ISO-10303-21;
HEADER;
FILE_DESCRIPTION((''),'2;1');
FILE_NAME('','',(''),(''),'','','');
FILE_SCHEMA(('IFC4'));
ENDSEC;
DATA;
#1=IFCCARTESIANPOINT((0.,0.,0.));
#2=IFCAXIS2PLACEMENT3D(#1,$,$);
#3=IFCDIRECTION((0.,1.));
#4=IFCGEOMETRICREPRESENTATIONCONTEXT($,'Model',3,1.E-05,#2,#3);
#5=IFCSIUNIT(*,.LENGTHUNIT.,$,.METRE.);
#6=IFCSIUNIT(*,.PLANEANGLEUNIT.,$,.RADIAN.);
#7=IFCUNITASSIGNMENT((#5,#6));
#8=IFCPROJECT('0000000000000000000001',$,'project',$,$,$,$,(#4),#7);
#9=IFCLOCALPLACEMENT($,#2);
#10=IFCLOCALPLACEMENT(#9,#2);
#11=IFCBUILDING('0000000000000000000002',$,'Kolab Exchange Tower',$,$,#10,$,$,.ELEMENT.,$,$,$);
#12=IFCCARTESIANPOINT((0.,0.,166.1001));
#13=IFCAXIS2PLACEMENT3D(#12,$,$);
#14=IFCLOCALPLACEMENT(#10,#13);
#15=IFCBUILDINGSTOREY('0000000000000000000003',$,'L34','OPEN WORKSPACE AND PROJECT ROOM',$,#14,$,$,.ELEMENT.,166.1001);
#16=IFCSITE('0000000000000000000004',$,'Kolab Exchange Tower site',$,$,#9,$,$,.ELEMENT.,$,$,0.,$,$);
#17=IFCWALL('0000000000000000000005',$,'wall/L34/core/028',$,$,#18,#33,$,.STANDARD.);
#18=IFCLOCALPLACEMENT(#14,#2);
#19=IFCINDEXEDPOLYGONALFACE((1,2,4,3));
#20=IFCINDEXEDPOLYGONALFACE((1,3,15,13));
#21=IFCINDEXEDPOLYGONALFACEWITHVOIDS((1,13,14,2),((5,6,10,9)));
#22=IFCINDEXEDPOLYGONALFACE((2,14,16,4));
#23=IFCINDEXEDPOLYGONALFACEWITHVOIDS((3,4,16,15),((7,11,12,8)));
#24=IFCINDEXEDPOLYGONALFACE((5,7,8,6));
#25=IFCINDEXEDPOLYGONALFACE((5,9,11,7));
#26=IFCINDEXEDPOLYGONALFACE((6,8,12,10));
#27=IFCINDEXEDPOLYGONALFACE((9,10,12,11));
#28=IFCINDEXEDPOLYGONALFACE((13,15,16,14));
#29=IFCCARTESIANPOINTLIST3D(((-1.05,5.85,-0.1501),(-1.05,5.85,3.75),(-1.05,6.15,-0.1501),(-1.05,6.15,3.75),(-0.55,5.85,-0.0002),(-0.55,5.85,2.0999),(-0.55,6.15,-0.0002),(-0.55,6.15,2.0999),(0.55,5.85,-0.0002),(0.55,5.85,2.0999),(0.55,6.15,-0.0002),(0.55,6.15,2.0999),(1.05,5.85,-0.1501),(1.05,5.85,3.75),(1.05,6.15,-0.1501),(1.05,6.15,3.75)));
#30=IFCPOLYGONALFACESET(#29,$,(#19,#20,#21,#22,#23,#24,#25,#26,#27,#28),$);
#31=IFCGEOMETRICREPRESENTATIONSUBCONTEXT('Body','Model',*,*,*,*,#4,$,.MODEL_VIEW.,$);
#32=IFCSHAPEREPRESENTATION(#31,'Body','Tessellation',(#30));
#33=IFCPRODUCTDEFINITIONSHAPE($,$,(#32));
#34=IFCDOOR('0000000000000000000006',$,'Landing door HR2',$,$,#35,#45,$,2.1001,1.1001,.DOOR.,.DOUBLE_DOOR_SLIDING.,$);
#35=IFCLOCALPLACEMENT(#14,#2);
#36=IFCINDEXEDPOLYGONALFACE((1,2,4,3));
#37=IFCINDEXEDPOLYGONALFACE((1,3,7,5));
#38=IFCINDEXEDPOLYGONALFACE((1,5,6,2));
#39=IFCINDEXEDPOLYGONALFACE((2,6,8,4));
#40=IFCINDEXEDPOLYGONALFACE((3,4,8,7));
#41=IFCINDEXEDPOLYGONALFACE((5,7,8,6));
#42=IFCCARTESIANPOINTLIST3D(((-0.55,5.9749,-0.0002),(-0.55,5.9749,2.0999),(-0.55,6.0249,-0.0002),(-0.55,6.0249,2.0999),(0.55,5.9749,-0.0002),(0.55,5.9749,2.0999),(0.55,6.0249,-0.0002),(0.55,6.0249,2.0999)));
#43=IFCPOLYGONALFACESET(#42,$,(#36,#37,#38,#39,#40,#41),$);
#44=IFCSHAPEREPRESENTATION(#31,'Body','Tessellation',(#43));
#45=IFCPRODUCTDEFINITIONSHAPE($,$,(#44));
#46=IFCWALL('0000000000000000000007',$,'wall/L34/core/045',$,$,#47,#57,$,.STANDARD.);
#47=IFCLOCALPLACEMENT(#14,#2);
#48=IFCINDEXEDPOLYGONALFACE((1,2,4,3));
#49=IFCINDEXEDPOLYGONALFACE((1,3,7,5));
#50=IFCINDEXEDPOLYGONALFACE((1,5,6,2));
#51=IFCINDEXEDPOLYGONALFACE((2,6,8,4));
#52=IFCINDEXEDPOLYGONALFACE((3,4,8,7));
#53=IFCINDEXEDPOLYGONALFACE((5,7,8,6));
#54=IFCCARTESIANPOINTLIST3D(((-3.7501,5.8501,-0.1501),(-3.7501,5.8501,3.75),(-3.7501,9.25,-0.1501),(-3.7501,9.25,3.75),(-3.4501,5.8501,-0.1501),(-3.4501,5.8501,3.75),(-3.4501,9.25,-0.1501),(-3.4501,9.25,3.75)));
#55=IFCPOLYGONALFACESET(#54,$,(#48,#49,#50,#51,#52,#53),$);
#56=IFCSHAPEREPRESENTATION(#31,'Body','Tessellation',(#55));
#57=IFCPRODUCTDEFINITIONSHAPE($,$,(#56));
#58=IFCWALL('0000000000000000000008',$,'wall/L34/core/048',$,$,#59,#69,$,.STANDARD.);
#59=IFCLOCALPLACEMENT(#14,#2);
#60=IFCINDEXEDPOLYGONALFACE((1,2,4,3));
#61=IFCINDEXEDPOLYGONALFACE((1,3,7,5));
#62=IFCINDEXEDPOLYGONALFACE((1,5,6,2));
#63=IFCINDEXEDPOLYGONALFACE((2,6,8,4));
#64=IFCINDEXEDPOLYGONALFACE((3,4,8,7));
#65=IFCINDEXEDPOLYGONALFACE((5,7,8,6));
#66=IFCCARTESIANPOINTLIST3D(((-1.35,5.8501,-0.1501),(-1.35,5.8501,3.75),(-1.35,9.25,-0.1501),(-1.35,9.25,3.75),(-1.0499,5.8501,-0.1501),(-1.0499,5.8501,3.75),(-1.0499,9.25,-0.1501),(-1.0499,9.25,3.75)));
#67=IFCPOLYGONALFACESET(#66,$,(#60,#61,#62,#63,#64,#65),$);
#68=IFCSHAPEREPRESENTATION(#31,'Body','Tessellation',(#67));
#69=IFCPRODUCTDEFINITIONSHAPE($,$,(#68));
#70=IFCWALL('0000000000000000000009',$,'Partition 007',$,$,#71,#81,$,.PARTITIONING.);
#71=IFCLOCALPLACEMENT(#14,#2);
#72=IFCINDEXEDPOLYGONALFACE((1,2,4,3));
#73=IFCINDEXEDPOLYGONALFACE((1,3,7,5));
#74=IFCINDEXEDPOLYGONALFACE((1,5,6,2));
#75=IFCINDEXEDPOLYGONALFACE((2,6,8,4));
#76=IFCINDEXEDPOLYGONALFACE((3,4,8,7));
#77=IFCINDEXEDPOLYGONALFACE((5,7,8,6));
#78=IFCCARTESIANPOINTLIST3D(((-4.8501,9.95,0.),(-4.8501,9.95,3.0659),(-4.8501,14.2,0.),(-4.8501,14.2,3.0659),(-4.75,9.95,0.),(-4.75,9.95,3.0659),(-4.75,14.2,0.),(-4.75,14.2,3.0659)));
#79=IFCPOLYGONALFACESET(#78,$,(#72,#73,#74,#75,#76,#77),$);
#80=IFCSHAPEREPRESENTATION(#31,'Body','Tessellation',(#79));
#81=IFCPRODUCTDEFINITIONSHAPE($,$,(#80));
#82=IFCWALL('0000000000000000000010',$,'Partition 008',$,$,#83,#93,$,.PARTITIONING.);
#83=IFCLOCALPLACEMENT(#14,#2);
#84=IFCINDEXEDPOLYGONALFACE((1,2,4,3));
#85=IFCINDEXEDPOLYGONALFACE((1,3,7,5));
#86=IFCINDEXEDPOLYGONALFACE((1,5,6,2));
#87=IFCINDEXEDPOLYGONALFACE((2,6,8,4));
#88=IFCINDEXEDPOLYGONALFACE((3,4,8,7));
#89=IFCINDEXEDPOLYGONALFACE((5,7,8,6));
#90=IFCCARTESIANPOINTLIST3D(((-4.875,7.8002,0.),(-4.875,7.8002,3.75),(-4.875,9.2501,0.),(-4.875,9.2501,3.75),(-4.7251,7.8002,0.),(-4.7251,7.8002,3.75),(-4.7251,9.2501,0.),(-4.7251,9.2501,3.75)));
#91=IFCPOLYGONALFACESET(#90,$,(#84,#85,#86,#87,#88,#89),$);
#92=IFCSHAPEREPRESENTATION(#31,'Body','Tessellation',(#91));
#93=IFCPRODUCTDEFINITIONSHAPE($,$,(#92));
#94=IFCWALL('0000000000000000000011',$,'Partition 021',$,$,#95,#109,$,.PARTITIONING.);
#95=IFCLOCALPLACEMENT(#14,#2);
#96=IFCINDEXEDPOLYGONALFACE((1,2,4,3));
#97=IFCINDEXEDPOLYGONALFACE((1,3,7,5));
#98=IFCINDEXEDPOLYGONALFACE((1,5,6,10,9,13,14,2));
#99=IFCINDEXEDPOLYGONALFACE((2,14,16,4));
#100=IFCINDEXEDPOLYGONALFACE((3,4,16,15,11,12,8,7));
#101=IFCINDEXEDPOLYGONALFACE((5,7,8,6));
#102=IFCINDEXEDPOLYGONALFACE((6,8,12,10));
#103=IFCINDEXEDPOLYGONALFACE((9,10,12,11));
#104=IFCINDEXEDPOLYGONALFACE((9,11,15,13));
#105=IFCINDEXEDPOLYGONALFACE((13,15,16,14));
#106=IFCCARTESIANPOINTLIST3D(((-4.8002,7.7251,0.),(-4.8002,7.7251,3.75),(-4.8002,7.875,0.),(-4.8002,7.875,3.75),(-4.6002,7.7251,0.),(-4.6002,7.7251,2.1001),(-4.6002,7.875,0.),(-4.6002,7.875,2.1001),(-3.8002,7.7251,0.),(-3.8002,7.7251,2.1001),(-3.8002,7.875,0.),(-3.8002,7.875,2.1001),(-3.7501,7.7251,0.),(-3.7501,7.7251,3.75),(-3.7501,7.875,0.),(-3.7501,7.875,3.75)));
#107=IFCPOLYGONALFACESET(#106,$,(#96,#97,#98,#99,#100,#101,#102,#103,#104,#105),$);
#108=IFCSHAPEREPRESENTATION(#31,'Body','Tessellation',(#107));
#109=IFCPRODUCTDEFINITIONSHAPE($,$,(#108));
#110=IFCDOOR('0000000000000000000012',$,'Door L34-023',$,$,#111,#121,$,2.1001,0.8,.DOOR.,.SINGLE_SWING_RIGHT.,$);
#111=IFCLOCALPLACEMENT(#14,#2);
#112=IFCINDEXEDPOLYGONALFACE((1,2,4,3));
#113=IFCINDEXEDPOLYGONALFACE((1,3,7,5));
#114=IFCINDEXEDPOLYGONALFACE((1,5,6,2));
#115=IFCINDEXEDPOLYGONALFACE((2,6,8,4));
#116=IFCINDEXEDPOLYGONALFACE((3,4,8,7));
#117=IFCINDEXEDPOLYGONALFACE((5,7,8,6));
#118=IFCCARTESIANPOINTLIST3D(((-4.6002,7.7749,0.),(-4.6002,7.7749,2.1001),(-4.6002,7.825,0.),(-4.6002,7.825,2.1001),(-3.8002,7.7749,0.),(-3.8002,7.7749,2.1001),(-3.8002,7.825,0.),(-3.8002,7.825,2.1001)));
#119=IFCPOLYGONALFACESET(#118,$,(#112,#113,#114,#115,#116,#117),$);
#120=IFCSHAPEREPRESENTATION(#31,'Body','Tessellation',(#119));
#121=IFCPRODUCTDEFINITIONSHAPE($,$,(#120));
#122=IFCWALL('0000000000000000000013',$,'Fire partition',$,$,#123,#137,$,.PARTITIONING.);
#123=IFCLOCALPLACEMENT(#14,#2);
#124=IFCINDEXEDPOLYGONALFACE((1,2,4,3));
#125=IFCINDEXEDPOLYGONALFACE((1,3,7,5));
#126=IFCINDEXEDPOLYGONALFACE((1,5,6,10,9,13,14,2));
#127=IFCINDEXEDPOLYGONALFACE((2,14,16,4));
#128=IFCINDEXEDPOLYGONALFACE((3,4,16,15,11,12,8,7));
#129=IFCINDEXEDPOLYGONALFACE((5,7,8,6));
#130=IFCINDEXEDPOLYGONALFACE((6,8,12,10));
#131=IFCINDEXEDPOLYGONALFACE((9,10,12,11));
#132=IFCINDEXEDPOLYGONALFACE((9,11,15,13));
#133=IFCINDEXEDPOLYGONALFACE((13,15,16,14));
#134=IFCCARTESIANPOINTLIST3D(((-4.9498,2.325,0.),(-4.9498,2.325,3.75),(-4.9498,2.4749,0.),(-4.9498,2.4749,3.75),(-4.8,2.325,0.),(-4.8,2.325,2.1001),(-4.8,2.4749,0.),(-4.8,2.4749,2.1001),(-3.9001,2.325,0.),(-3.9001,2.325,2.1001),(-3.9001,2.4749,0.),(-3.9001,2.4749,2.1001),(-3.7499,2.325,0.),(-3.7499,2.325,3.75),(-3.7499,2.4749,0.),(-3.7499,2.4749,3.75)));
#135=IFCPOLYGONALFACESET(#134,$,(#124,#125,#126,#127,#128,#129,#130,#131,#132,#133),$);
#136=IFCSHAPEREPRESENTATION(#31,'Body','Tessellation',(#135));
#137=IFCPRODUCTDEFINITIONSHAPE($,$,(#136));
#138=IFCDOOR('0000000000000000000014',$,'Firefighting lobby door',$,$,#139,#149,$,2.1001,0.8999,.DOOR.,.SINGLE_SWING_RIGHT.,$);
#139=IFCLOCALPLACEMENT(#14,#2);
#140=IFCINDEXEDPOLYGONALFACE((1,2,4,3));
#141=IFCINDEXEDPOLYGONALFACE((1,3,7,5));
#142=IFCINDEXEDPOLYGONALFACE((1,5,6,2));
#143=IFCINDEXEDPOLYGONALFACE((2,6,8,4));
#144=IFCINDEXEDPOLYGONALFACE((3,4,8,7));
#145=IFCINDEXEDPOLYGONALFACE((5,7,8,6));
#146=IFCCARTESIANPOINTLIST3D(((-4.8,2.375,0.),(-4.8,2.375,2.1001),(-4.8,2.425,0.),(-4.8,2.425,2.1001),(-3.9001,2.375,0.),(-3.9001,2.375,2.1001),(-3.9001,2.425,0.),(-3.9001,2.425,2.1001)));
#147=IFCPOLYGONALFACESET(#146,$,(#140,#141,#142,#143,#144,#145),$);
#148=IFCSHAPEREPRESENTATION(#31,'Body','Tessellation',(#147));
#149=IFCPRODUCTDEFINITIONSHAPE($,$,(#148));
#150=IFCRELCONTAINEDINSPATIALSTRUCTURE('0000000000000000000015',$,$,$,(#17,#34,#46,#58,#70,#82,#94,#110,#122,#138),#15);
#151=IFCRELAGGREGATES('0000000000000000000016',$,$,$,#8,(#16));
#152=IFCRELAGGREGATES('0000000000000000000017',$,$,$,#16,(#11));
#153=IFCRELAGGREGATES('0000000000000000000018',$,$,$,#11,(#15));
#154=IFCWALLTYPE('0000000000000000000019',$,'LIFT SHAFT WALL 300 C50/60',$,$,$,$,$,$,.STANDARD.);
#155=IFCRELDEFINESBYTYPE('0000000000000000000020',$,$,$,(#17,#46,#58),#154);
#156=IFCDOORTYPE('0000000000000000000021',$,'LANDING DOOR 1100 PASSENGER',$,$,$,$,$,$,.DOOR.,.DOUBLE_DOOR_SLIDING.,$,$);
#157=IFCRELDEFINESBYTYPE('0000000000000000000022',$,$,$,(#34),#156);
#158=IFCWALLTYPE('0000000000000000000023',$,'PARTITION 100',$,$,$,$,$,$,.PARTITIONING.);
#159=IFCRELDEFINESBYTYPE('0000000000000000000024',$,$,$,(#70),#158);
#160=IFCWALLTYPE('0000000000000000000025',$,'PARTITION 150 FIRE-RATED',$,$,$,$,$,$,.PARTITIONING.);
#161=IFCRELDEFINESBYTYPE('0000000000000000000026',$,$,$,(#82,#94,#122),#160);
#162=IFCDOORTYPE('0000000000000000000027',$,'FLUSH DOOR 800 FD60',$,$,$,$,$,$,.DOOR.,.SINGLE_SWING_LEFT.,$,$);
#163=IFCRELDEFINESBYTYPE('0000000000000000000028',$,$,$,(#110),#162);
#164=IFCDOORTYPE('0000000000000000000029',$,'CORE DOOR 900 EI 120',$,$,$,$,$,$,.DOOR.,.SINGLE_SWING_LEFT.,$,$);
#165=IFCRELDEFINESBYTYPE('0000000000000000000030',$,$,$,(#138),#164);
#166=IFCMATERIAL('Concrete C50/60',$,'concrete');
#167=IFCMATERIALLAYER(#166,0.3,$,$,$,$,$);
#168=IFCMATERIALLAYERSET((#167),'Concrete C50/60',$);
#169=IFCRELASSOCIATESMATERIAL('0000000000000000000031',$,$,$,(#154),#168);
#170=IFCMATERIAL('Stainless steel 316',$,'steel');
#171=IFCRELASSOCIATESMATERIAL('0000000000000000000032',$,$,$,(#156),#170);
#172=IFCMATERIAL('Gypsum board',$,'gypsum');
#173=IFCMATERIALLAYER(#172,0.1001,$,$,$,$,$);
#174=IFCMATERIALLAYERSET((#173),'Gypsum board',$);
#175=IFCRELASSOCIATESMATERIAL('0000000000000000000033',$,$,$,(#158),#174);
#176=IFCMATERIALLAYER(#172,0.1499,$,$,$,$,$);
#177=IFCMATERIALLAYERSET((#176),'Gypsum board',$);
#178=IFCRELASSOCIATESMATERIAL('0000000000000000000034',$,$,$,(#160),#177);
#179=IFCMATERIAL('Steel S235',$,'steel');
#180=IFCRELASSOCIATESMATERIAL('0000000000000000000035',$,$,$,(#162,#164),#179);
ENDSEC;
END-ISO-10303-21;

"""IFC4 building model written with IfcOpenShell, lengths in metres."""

from ifc_helpers import new_model, si_unit, direction, frame, frame_2d, origin, place, context, subcontext, project, spatial, rectangle, extrude, material, layer, layer_set, type_object, element, fill, save


model = new_model("IFC4")

# Units and contexts
model_context = context("Model", 3, precision=1e-05, world=origin(), true_north=direction((0.0, 1.0)))
body_context = subcontext(model_context, "Body", "Model", "MODEL_VIEW")
ifc_project = project(units=[si_unit("LENGTHUNIT", "METRE"), si_unit("PLANEANGLEUNIT", "RADIAN")], contexts=[model_context])

# Site, building, storey
site_placement = place(None, origin())
site = spatial("IfcSite", under=ifc_project, at=site_placement, Name="Kolab Exchange Tower site", CompositionType="ELEMENT", RefElevation=0.0)
building_placement = place(site_placement, origin())
building = spatial("IfcBuilding", under=site, at=building_placement, Name="Kolab Exchange Tower", CompositionType="ELEMENT")
storey_placement = place(building_placement, frame((0.0, 0.0, 166.1001)))
storey = spatial("IfcBuildingStorey", under=building, at=storey_placement, Name="L34", Description="OPEN WORKSPACE AND PROJECT ROOM", CompositionType="ELEMENT", Elevation=166.1001)

# Wall, opening, door
ifc_material_1 = material(Name="Steel S235", Category="steel")
ifc_material_2 = material(Name="Concrete C50/60", Category="concrete")
ifc_layer_1 = layer(ifc_material_2, 0.3)
ifc_layer_set_1 = layer_set([ifc_layer_1], Name="Concrete C50/60")
wall_type_1 = type_object("IfcWallType", Name="LIFT SHAFT WALL 300 C50/60", PredefinedType="STANDARD", material=ifc_layer_set_1)
ifc_material_3 = material(Name="Stainless steel 316", Category="steel")
door_type_1 = type_object("IfcDoorType", Name="LANDING DOOR 1100 PASSENGER", OperationType="DOUBLE_DOOR_SLIDING", PredefinedType="DOOR", material=ifc_material_3)
wall_1_placement = place(storey_placement, frame((-1.05, 6.0, -0.1501), z_axis=(0.0, 0.0, 1.0), x_axis=(1.0, 0.0, 0.0)))
wall_1 = element("IfcWall", 1, at=wall_1_placement, inside=storey, type_object=wall_type_1, Name="wall/L34/core/028", PredefinedType="STANDARD", context=body_context, shape_type="SweptSolid", body=[
    extrude(rectangle(XDim=2.1001, YDim=0.3, at=frame_2d((1.05, 0.0))), origin(), (0.0, 0.0, 1.0), 3.9001),
])
opening_1_placement = place(wall_1_placement, frame((0.5, 0.0, 0.1499)))
opening_1 = element("IfcOpeningElement", 2, at=opening_1_placement, cuts=wall_1, PredefinedType="OPENING", context=body_context, shape_type="SweptSolid", body=[
    extrude(rectangle(XDim=1.1001, YDim=2.1001, at=frame_2d((0.55, 1.05))), frame((0.0, 0.1602, 0.0), z_axis=(0.0, -1.0, 0.0), x_axis=(1.0, 0.0, 0.0)), (0.0, 0.0, 1.0), 0.3201),
])
door_1_placement = place(opening_1_placement, origin())
door_1 = element("IfcDoor", 3, at=door_1_placement, inside=storey, type_object=door_type_1, Name="Landing door HR2", OperationType="DOUBLE_DOOR_SLIDING", OverallHeight=2.1001, OverallWidth=1.1001, PredefinedType="DOOR", context=body_context, shape_type="SweptSolid", body=[
    extrude(rectangle(XDim=1.1001, YDim=2.1001, at=frame_2d((0.55, 1.05))), frame((0.0, 0.0249, 0.0), z_axis=(0.0, -1.0, 0.0), x_axis=(1.0, 0.0, 0.0)), (0.0, 0.0, 1.0), 0.05),
])
fill(opening_1, door_1)

# Walls
for number, where, z_axis, x_axis, name in (
    (4, (-3.6001, 5.8501, -0.1501), (0.0, 0.0, 1.0), (0.0, 1.0, 0.0), "wall/L34/core/045"),
    (5, (-1.2, 5.8501, -0.1501), (0.0, 0.0, 1.0), (0.0, 1.0, 0.0), "wall/L34/core/048"),
):
    element("IfcWall", number, at=place(storey_placement, frame(where, z_axis=z_axis, x_axis=x_axis)), inside=storey, type_object=wall_type_1, Name=name, PredefinedType="STANDARD", context=body_context, shape_type="SweptSolid", body=[
        extrude(rectangle(XDim=3.3999, YDim=0.3, at=frame_2d((1.7, 0.0))), origin(), (0.0, 0.0, 1.0), 3.9001),
    ])
ifc_material_4 = material(Name="Gypsum board", Category="gypsum")
ifc_layer_2 = layer(ifc_material_4, 0.1001)
ifc_layer_set_2 = layer_set([ifc_layer_2], Name="Gypsum board")
wall_type_2 = type_object("IfcWallType", Name="PARTITION 100", PredefinedType="PARTITIONING", material=ifc_layer_set_2)
wall_2_placement = place(storey_placement, frame((-4.8, 9.95, 0.0), z_axis=(0.0, 0.0, 1.0), x_axis=(0.0, 1.0, 0.0)))
element("IfcWall", 6, at=wall_2_placement, inside=storey, type_object=wall_type_2, Name="Partition 007", PredefinedType="PARTITIONING", context=body_context, shape_type="SweptSolid", body=[
    extrude(rectangle(XDim=4.25, YDim=0.1001, at=frame_2d((2.125, 0.0))), origin(), (0.0, 0.0, 1.0), 3.0659),
])
ifc_layer_3 = layer(ifc_material_4, 0.1499)
ifc_layer_set_3 = layer_set([ifc_layer_3], Name="Gypsum board")
wall_type_3 = type_object("IfcWallType", Name="PARTITION 150 FIRE-RATED", PredefinedType="PARTITIONING", material=ifc_layer_set_3)
wall_3_placement = place(storey_placement, frame((-4.8, 7.8, 0.0), z_axis=(0.0, 0.0, 1.0), x_axis=(0.0, 1.0, 0.0)))
element("IfcWall", 7, at=wall_3_placement, inside=storey, type_object=wall_type_3, Name="Partition 008", PredefinedType="PARTITIONING", context=body_context, shape_type="SweptSolid", body=[
    extrude(rectangle(XDim=1.45, YDim=0.1499, at=frame_2d((0.7251, 0.0))), origin(), (0.0, 0.0, 1.0), 3.75),
])

# Walls, openings, doors
wall_4_placement = place(storey_placement, frame((-4.8, 7.8, 0.0), z_axis=(0.0, 0.0, 1.0), x_axis=(1.0, 0.0, 0.0)))
wall_4 = element("IfcWall", 8, at=wall_4_placement, inside=storey, type_object=wall_type_3, Name="Partition 021", PredefinedType="PARTITIONING", context=body_context, shape_type="SweptSolid", body=[
    extrude(rectangle(XDim=1.05, YDim=0.1499, at=frame_2d((0.5249, 0.0))), origin(), (0.0, 0.0, 1.0), 3.75),
])
opening_2_placement = place(wall_4_placement, frame((0.2, 0.0, 0.0)))
opening_2 = element("IfcOpeningElement", 9, at=opening_2_placement, cuts=wall_4, PredefinedType="OPENING", context=body_context, shape_type="SweptSolid", body=[
    extrude(rectangle(XDim=0.8, YDim=2.1001, at=frame_2d((0.3999, 1.05))), frame((0.0, 0.085, 0.0), z_axis=(0.0, -1.0, 0.0), x_axis=(1.0, 0.0, 0.0)), (0.0, 0.0, 1.0), 0.1699),
])
door_type_2 = type_object("IfcDoorType", Name="FLUSH DOOR 800 FD60", OperationType="SINGLE_SWING_LEFT", PredefinedType="DOOR", material=ifc_material_1)
door_2_placement = place(opening_2_placement, origin())
door_2 = element("IfcDoor", 10, at=door_2_placement, inside=storey, type_object=door_type_2, Name="Door L34-023", OperationType="SINGLE_SWING_RIGHT", OverallHeight=2.1001, OverallWidth=0.8, PredefinedType="DOOR", context=body_context, shape_type="SweptSolid", body=[
    extrude(rectangle(XDim=0.8, YDim=2.1001, at=frame_2d((0.3999, 1.05))), frame((0.0, 0.0249, 0.0), z_axis=(0.0, -1.0, 0.0), x_axis=(1.0, 0.0, 0.0)), (0.0, 0.0, 1.0), 0.05),
])
fill(opening_2, door_2)
wall_5_placement = place(storey_placement, frame((-4.95, 2.3999, 0.0), z_axis=(0.0, 0.0, 1.0), x_axis=(1.0, 0.0, 0.0)))
wall_5 = element("IfcWall", 11, at=wall_5_placement, inside=storey, type_object=wall_type_3, Name="Fire partition", PredefinedType="PARTITIONING", context=body_context, shape_type="SweptSolid", body=[
    extrude(rectangle(XDim=1.2, YDim=0.1499, at=frame_2d((0.6001, 0.0))), origin(), (0.0, 0.0, 1.0), 3.75),
])
opening_3_placement = place(wall_5_placement, frame((0.1499, 0.0, 0.0)))
opening_3 = element("IfcOpeningElement", 12, at=opening_3_placement, cuts=wall_5, PredefinedType="OPENING", context=body_context, shape_type="SweptSolid", body=[
    extrude(rectangle(XDim=0.8999, YDim=2.1001, at=frame_2d((0.45, 1.05))), frame((0.0, 0.085, 0.0), z_axis=(0.0, -1.0, 0.0), x_axis=(1.0, 0.0, 0.0)), (0.0, 0.0, 1.0), 0.1699),
])
door_type_3 = type_object("IfcDoorType", Name="CORE DOOR 900 EI 120", OperationType="SINGLE_SWING_LEFT", PredefinedType="DOOR", material=ifc_material_1)
door_3_placement = place(opening_3_placement, frame((0.8999, 0.0, 0.0), z_axis=(0.0, 0.0, 1.0), x_axis=(-1.0, 0.0, 0.0)))
door_3 = element("IfcDoor", 13, at=door_3_placement, inside=storey, type_object=door_type_3, Name="Firefighting lobby door", OperationType="SINGLE_SWING_RIGHT", OverallHeight=2.1001, OverallWidth=0.8999, PredefinedType="DOOR", context=body_context, shape_type="SweptSolid", body=[
    extrude(rectangle(XDim=0.8999, YDim=2.1001, at=frame_2d((0.45, 1.05))), frame((0.0, 0.0249, 0.0), z_axis=(0.0, -1.0, 0.0), x_axis=(1.0, 0.0, 0.0)), (0.0, 0.0, 1.0), 0.05),
])
fill(opening_3, door_3)

save(model, "model.ifc")
